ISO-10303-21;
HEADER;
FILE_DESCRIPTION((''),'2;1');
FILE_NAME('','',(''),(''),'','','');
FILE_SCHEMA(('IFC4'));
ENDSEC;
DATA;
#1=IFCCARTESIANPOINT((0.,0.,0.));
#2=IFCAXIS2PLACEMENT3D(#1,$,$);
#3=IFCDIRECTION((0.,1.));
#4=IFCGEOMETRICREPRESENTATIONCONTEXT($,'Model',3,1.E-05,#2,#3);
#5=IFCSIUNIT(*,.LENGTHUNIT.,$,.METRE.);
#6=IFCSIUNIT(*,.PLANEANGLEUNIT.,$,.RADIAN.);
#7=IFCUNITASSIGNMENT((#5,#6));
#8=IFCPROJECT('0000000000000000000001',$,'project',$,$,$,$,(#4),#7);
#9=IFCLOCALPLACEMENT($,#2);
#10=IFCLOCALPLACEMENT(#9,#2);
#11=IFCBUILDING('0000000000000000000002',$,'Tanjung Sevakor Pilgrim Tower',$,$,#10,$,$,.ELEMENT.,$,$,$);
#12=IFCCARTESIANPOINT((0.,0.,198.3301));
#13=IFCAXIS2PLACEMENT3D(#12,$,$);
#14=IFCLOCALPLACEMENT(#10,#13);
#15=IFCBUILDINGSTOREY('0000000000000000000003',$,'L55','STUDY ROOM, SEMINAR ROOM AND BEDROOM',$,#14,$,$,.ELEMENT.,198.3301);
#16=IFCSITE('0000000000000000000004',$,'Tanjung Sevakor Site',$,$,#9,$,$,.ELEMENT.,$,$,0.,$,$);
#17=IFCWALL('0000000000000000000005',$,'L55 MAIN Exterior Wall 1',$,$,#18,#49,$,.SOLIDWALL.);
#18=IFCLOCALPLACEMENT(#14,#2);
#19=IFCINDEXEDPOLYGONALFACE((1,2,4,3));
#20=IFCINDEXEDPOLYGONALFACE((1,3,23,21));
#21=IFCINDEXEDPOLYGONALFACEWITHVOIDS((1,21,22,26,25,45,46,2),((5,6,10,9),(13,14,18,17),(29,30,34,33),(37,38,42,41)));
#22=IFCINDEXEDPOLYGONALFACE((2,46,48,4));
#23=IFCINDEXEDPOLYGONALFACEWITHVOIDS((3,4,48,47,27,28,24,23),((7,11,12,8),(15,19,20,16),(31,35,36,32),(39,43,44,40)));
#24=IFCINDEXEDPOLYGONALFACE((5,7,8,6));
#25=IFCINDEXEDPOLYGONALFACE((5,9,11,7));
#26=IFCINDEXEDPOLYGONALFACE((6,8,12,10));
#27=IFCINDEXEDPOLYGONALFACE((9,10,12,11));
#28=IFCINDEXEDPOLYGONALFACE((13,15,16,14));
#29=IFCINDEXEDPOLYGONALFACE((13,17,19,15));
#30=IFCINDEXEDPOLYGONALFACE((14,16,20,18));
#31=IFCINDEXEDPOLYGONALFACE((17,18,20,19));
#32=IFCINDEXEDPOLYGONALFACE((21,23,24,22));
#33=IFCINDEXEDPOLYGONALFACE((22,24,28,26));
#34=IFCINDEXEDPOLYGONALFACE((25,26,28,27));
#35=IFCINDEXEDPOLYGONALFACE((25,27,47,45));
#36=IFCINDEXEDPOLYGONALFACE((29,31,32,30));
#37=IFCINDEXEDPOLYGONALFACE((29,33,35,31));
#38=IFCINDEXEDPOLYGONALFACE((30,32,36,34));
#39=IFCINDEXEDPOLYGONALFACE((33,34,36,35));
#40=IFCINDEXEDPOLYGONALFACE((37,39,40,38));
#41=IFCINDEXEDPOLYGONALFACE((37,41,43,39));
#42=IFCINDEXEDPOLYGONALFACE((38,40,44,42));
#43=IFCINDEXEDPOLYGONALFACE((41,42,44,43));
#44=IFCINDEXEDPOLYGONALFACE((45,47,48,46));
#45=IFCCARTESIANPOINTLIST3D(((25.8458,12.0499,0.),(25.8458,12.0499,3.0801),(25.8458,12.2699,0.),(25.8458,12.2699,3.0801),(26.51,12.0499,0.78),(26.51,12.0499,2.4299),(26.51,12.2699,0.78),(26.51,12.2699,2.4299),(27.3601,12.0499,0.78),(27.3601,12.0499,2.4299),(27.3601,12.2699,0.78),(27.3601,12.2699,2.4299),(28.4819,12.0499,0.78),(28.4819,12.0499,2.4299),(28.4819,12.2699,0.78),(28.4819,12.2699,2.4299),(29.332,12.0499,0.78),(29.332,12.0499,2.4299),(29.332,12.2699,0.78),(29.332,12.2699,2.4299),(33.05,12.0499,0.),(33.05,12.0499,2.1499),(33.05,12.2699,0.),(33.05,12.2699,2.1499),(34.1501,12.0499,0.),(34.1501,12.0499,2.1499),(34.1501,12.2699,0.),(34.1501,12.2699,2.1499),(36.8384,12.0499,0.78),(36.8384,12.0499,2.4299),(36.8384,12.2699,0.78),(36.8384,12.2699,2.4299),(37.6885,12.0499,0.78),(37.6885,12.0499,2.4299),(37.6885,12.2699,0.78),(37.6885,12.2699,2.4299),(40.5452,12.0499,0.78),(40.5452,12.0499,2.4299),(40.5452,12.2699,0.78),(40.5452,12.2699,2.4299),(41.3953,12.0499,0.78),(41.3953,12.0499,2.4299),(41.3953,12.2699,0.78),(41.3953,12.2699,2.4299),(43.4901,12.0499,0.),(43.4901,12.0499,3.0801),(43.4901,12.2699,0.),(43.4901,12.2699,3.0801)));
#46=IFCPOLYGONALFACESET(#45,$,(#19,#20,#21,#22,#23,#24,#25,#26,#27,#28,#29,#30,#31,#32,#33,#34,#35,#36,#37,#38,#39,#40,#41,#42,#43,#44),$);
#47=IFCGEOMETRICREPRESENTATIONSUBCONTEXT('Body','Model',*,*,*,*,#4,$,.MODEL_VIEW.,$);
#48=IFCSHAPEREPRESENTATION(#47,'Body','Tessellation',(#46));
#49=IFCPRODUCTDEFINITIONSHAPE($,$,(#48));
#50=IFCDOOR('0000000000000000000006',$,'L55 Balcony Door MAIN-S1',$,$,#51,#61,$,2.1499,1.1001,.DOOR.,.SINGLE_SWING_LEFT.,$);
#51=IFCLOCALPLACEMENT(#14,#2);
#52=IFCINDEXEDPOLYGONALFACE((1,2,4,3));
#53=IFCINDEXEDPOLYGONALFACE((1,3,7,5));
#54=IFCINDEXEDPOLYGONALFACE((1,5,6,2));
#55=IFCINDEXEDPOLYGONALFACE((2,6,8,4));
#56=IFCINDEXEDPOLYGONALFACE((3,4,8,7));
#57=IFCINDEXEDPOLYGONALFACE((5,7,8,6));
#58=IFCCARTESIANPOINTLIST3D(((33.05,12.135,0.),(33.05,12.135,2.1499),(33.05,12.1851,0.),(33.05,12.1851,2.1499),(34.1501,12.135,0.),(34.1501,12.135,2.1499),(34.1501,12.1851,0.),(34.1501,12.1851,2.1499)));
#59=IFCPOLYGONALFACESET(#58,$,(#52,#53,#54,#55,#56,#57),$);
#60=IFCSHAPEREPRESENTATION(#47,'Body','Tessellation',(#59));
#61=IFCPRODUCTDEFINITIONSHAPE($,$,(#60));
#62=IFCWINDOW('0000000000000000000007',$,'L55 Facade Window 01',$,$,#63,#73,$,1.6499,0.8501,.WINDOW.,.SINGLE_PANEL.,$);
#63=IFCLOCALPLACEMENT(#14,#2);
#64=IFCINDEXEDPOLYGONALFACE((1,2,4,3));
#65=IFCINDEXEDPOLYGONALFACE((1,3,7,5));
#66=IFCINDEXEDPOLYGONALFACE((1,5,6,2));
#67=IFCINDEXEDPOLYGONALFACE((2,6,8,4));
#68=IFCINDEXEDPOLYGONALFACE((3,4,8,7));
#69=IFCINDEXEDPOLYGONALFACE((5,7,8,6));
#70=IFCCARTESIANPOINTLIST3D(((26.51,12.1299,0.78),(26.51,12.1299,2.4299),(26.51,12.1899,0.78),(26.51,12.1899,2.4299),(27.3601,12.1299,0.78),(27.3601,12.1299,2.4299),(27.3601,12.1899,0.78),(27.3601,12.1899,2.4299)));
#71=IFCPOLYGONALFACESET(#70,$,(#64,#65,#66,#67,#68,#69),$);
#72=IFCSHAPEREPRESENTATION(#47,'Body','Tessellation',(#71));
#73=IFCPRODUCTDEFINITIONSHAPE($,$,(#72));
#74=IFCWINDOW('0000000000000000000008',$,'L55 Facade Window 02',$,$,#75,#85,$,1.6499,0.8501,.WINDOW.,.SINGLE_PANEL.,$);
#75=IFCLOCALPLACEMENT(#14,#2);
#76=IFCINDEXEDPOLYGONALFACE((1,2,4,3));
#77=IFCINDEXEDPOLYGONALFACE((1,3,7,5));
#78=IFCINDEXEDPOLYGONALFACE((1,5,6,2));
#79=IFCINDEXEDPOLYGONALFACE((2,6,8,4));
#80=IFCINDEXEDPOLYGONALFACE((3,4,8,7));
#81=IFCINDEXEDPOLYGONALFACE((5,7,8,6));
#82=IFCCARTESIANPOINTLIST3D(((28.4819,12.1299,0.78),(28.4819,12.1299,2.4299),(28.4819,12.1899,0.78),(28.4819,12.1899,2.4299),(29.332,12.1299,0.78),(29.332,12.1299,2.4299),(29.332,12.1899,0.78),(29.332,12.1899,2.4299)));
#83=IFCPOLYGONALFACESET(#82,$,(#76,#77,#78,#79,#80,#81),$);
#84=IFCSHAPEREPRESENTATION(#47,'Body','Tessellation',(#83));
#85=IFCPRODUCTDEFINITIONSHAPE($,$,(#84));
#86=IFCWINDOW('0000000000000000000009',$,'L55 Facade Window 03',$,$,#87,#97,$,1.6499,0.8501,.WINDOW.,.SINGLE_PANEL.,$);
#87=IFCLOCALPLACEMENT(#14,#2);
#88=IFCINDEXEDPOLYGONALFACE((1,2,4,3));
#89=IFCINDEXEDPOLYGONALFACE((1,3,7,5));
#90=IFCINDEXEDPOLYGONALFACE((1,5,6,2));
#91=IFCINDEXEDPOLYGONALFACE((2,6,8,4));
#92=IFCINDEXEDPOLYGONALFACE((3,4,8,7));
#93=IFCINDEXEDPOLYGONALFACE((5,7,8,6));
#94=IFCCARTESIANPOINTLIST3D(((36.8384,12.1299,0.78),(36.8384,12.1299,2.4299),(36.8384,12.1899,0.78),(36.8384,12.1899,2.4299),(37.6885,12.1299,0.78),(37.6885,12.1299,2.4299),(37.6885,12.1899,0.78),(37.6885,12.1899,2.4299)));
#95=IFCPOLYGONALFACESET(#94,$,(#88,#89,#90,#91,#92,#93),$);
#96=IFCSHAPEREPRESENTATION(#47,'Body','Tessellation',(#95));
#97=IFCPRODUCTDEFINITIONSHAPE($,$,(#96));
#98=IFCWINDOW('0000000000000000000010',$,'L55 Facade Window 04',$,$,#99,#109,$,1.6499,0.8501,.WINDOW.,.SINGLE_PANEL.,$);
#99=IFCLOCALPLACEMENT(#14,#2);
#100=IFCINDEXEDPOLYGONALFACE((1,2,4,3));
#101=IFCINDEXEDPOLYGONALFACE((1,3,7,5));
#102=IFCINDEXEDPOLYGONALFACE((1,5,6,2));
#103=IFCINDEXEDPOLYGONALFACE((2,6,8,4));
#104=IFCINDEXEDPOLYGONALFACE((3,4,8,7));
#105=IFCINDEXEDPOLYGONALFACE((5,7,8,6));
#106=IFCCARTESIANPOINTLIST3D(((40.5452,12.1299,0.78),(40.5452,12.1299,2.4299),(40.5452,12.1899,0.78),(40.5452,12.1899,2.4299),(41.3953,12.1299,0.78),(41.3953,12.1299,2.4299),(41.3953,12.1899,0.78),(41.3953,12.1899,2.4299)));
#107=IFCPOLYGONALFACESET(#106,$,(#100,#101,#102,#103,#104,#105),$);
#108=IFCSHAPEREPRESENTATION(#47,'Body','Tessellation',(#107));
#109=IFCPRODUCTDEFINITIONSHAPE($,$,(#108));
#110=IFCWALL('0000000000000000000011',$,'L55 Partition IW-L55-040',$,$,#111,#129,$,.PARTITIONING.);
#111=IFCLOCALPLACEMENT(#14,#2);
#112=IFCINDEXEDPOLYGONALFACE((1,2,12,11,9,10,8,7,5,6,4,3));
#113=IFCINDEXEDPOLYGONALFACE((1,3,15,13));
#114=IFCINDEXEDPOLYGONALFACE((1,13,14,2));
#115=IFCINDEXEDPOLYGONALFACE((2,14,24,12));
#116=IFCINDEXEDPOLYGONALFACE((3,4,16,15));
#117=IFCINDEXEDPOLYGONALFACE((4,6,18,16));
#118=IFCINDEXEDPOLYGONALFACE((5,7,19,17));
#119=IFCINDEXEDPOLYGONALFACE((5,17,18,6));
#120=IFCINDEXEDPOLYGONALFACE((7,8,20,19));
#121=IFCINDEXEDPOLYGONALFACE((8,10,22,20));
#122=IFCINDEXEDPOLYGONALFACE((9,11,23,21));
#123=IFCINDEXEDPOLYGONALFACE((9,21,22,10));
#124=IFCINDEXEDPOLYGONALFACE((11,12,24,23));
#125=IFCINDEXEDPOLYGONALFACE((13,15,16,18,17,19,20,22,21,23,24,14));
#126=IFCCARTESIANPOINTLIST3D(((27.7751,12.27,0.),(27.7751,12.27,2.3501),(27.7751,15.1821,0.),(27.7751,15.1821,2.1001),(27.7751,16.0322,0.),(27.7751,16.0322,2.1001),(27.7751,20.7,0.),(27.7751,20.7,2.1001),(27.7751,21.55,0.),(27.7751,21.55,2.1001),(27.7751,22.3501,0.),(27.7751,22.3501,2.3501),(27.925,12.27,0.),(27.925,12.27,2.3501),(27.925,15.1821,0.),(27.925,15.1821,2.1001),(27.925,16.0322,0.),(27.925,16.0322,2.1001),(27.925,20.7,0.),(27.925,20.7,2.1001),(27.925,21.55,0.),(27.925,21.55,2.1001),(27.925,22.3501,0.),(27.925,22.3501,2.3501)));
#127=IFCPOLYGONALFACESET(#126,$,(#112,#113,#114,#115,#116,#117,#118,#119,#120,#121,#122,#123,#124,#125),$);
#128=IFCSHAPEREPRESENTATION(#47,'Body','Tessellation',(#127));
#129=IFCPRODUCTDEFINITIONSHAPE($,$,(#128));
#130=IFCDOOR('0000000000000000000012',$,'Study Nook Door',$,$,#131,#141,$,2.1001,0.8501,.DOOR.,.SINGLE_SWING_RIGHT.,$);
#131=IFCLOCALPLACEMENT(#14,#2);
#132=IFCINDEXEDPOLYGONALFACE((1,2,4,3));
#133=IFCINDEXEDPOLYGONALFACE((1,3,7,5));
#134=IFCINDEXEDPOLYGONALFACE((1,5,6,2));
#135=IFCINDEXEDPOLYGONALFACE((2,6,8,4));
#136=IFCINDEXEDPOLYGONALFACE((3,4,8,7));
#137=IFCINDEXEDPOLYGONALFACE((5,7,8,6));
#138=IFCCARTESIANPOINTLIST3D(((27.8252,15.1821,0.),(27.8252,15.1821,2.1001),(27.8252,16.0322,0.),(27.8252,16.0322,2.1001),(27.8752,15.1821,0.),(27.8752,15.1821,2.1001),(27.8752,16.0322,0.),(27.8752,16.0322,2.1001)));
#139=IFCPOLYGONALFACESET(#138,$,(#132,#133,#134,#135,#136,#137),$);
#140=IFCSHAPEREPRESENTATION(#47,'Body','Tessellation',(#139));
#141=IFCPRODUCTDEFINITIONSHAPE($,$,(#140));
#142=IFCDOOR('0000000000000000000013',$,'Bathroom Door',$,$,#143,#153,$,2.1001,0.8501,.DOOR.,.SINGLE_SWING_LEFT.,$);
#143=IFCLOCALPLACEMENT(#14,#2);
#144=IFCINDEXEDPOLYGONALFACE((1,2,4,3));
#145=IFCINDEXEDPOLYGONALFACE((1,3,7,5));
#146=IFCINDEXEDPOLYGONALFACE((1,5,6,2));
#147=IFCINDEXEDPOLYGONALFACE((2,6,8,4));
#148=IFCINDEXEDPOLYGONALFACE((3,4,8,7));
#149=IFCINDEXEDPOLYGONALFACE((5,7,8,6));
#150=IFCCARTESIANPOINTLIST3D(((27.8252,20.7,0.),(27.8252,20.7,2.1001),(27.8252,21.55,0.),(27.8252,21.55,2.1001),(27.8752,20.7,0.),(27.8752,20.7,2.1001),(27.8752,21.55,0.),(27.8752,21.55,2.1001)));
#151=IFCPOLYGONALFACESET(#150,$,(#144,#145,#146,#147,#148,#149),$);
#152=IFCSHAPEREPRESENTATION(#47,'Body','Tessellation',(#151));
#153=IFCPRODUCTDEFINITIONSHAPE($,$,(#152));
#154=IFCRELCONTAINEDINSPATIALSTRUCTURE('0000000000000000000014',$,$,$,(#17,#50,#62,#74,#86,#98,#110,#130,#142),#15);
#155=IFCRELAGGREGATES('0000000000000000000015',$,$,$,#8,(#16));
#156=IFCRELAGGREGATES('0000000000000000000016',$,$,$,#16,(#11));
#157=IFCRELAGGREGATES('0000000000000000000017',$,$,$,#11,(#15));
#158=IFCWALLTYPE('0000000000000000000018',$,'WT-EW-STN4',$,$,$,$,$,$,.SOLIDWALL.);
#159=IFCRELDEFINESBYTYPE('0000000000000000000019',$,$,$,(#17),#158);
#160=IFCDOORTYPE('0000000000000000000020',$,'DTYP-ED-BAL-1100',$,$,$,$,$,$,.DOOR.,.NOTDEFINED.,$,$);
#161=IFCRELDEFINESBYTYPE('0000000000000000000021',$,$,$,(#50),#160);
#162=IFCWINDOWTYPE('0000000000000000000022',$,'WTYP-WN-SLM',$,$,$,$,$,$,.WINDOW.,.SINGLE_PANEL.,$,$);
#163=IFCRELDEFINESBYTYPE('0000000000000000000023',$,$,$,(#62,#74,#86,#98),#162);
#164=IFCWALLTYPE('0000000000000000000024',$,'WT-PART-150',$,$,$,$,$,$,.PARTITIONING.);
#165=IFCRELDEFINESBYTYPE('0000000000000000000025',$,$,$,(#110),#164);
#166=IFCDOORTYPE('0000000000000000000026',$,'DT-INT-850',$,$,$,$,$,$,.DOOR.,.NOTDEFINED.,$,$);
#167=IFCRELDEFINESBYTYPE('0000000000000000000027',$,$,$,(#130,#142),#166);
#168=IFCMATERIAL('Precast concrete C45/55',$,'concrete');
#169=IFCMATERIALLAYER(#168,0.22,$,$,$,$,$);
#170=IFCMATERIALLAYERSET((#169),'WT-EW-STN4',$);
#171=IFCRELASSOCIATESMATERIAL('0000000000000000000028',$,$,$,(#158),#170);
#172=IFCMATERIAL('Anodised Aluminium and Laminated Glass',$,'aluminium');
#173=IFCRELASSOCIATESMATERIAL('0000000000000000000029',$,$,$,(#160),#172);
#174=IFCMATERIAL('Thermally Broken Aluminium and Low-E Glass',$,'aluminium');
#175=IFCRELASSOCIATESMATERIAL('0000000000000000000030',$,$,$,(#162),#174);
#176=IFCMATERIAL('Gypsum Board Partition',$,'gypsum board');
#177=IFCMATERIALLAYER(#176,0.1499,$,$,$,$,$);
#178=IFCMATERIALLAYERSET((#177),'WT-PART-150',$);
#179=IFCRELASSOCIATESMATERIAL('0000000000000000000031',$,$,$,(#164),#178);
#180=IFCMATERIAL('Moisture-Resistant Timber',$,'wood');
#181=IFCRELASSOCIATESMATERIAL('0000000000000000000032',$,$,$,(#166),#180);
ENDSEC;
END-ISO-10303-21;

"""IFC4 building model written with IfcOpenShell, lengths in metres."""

from ifc_helpers import new_model, si_unit, direction, frame, frame_2d, origin, place, context, subcontext, project, spatial, rectangle, extrude, material, layer, layer_set, type_object, element, fill, save


model = new_model("IFC4")

# Units and contexts
model_context = context("Model", 3, precision=1e-05, world=origin(), true_north=direction((0.0, 1.0)))
body_context = subcontext(model_context, "Body", "Model", "MODEL_VIEW")
ifc_project = project(units=[si_unit("LENGTHUNIT", "METRE"), si_unit("PLANEANGLEUNIT", "RADIAN")], contexts=[model_context])

# Site, building, storey
site_placement = place(None, origin())
site = spatial("IfcSite", under=ifc_project, at=site_placement, Name="Tanjung Sevakor Site", CompositionType="ELEMENT", RefElevation=0.0)
building_placement = place(site_placement, origin())
building = spatial("IfcBuilding", under=site, at=building_placement, Name="Tanjung Sevakor Pilgrim Tower", CompositionType="ELEMENT")
storey_placement = place(building_placement, frame((0.0, 0.0, 198.3301)))
storey = spatial("IfcBuildingStorey", under=building, at=storey_placement, Name="L55", Description="STUDY ROOM, SEMINAR ROOM AND BEDROOM", CompositionType="ELEMENT", Elevation=198.3301)

# Wall, openings, door, windows
ifc_material_1 = material(Name="Precast concrete C45/55", Category="concrete")
ifc_layer_1 = layer(ifc_material_1, 0.22)
ifc_layer_set_1 = layer_set([ifc_layer_1], Name="WT-EW-STN4")
wall_type_1 = type_object("IfcWallType", Name="WT-EW-STN4", PredefinedType="SOLIDWALL", material=ifc_layer_set_1)
wall_1_placement = place(storey_placement, frame((25.8457, 12.1599, 0.0), z_axis=(0.0, 0.0, 1.0), x_axis=(1.0, 0.0, 0.0)))
wall_1 = element("IfcWall", 1, at=wall_1_placement, inside=storey, type_object=wall_type_1, Name="L55 MAIN Exterior Wall 1", PredefinedType="SOLIDWALL", context=body_context, shape_type="SweptSolid", body=[
    extrude(rectangle(XDim=17.6443, YDim=0.22, at=frame_2d((8.8223, 0.0))), origin(), (0.0, 0.0, 1.0), 3.0801),
])
opening_1_placement = place(wall_1_placement, frame((7.2043, 0.0, 0.0)))
opening_1 = element("IfcOpeningElement", 2, at=opening_1_placement, cuts=wall_1, PredefinedType="OPENING", context=body_context, shape_type="SweptSolid", body=[
    extrude(rectangle(XDim=1.1001, YDim=2.1499, at=frame_2d((0.55, 1.075))), frame((0.0, 0.1199, 0.0), z_axis=(0.0, -1.0, 0.0), x_axis=(1.0, 0.0, 0.0)), (0.0, 0.0, 1.0), 0.24),
])
opening_2_placement = place(wall_1_placement, frame((0.6643, 0.0, 0.78)))
opening_2 = element("IfcOpeningElement", 3, at=opening_2_placement, cuts=wall_1, PredefinedType="OPENING", context=body_context, shape_type="SweptSolid", body=[
    extrude(rectangle(XDim=0.8501, YDim=1.6499, at=frame_2d((0.425, 0.825))), frame((0.0, 0.1199, 0.0), z_axis=(0.0, -1.0, 0.0), x_axis=(1.0, 0.0, 0.0)), (0.0, 0.0, 1.0), 0.24),
])
opening_3_placement = place(wall_1_placement, frame((2.6362, 0.0, 0.78)))
opening_3 = element("IfcOpeningElement", 4, at=opening_3_placement, cuts=wall_1, PredefinedType="OPENING", context=body_context, shape_type="SweptSolid", body=[
    extrude(rectangle(XDim=0.8501, YDim=1.6499, at=frame_2d((0.425, 0.825))), frame((0.0, 0.1199, 0.0), z_axis=(0.0, -1.0, 0.0), x_axis=(1.0, 0.0, 0.0)), (0.0, 0.0, 1.0), 0.24),
])
opening_4_placement = place(wall_1_placement, frame((10.9927, 0.0, 0.78)))
opening_4 = element("IfcOpeningElement", 5, at=opening_4_placement, cuts=wall_1, PredefinedType="OPENING", context=body_context, shape_type="SweptSolid", body=[
    extrude(rectangle(XDim=0.8501, YDim=1.6499, at=frame_2d((0.425, 0.825))), frame((0.0, 0.1199, 0.0), z_axis=(0.0, -1.0, 0.0), x_axis=(1.0, 0.0, 0.0)), (0.0, 0.0, 1.0), 0.24),
])
opening_5_placement = place(wall_1_placement, frame((14.6995, 0.0, 0.78)))
opening_5 = element("IfcOpeningElement", 6, at=opening_5_placement, cuts=wall_1, PredefinedType="OPENING", context=body_context, shape_type="SweptSolid", body=[
    extrude(rectangle(XDim=0.8501, YDim=1.6499, at=frame_2d((0.425, 0.825))), frame((0.0, 0.1199, 0.0), z_axis=(0.0, -1.0, 0.0), x_axis=(1.0, 0.0, 0.0)), (0.0, 0.0, 1.0), 0.24),
])
ifc_material_2 = material(Name="Anodised Aluminium and Laminated Glass", Category="aluminium")
door_type_1 = type_object("IfcDoorType", Name="DTYP-ED-BAL-1100", OperationType="NOTDEFINED", PredefinedType="DOOR", material=ifc_material_2)
door_1_placement = place(opening_1_placement, frame((1.1001, 0.0, 0.0), z_axis=(0.0, 0.0, 1.0), x_axis=(-1.0, 0.0, 0.0)))
door_1 = element("IfcDoor", 7, at=door_1_placement, inside=storey, type_object=door_type_1, Name="L55 Balcony Door MAIN-S1", OperationType="SINGLE_SWING_LEFT", OverallHeight=2.1499, OverallWidth=1.1001, PredefinedType="DOOR", context=body_context, shape_type="SweptSolid", body=[
    extrude(rectangle(XDim=1.1001, YDim=2.1499, at=frame_2d((0.55, 1.075))), frame((0.0, 0.0249, 0.0), z_axis=(0.0, -1.0, 0.0), x_axis=(1.0, 0.0, 0.0)), (0.0, 0.0, 1.0), 0.05),
])
fill(opening_1, door_1)
ifc_material_3 = material(Name="Thermally Broken Aluminium and Low-E Glass", Category="aluminium")
window_type = type_object("IfcWindowType", Name="WTYP-WN-SLM", PartitioningType="SINGLE_PANEL", PredefinedType="WINDOW", material=ifc_material_3)
window_1_placement = place(opening_2_placement, origin())
window_1 = element("IfcWindow", 8, at=window_1_placement, inside=storey, type_object=window_type, Name="L55 Facade Window 01", OverallHeight=1.6499, OverallWidth=0.8501, PartitioningType="SINGLE_PANEL", PredefinedType="WINDOW", context=body_context, shape_type="SweptSolid", body=[
    extrude(rectangle(XDim=0.8501, YDim=1.6499, at=frame_2d((0.425, 0.825))), frame((0.0, 0.03, 0.0), z_axis=(0.0, -1.0, 0.0), x_axis=(1.0, 0.0, 0.0)), (0.0, 0.0, 1.0), 0.0601),
])
fill(opening_2, window_1)
window_2_placement = place(opening_3_placement, origin())
window_2 = element("IfcWindow", 9, at=window_2_placement, inside=storey, type_object=window_type, Name="L55 Facade Window 02", OverallHeight=1.6499, OverallWidth=0.8501, PartitioningType="SINGLE_PANEL", PredefinedType="WINDOW", context=body_context, shape_type="SweptSolid", body=[
    extrude(rectangle(XDim=0.8501, YDim=1.6499, at=frame_2d((0.425, 0.825))), frame((0.0, 0.03, 0.0), z_axis=(0.0, -1.0, 0.0), x_axis=(1.0, 0.0, 0.0)), (0.0, 0.0, 1.0), 0.0601),
])
fill(opening_3, window_2)
window_3_placement = place(opening_4_placement, origin())
window_3 = element("IfcWindow", 10, at=window_3_placement, inside=storey, type_object=window_type, Name="L55 Facade Window 03", OverallHeight=1.6499, OverallWidth=0.8501, PartitioningType="SINGLE_PANEL", PredefinedType="WINDOW", context=body_context, shape_type="SweptSolid", body=[
    extrude(rectangle(XDim=0.8501, YDim=1.6499, at=frame_2d((0.425, 0.825))), frame((0.0, 0.03, 0.0), z_axis=(0.0, -1.0, 0.0), x_axis=(1.0, 0.0, 0.0)), (0.0, 0.0, 1.0), 0.0601),
])
fill(opening_4, window_3)
window_4_placement = place(opening_5_placement, origin())
window_4 = element("IfcWindow", 11, at=window_4_placement, inside=storey, type_object=window_type, Name="L55 Facade Window 04", OverallHeight=1.6499, OverallWidth=0.8501, PartitioningType="SINGLE_PANEL", PredefinedType="WINDOW", context=body_context, shape_type="SweptSolid", body=[
    extrude(rectangle(XDim=0.8501, YDim=1.6499, at=frame_2d((0.425, 0.825))), frame((0.0, 0.03, 0.0), z_axis=(0.0, -1.0, 0.0), x_axis=(1.0, 0.0, 0.0)), (0.0, 0.0, 1.0), 0.0601),
])
fill(opening_5, window_4)

# Wall, openings, doors
ifc_material_4 = material(Name="Gypsum Board Partition", Category="gypsum board")
ifc_layer_2 = layer(ifc_material_4, 0.1499)
ifc_layer_set_2 = layer_set([ifc_layer_2], Name="WT-PART-150")
wall_type_2 = type_object("IfcWallType", Name="WT-PART-150", PredefinedType="PARTITIONING", material=ifc_layer_set_2)
wall_2_placement = place(storey_placement, frame((27.8501, 12.27, 0.0), z_axis=(0.0, 0.0, 1.0), x_axis=(0.0, 1.0, 0.0)))
wall_2 = element("IfcWall", 12, at=wall_2_placement, inside=storey, type_object=wall_type_2, Name="L55 Partition IW-L55-040", PredefinedType="PARTITIONING", context=body_context, shape_type="SweptSolid", body=[
    extrude(rectangle(XDim=10.0801, YDim=0.1499, at=frame_2d((5.04, 0.0))), origin(), (0.0, 0.0, 1.0), 2.3501),
])
opening_6_placement = place(wall_2_placement, frame((2.9121, 0.0, 0.0)))
opening_6 = element("IfcOpeningElement", 13, at=opening_6_placement, cuts=wall_2, PredefinedType="OPENING", context=body_context, shape_type="SweptSolid", body=[
    extrude(rectangle(XDim=0.8501, YDim=2.1001, at=frame_2d((0.425, 1.05))), frame((0.0, 0.085, 0.0), z_axis=(0.0, -1.0, 0.0), x_axis=(1.0, 0.0, 0.0)), (0.0, 0.0, 1.0), 0.1699),
])
opening_7_placement = place(wall_2_placement, frame((8.4299, 0.0, 0.0)))
opening_7 = element("IfcOpeningElement", 14, at=opening_7_placement, cuts=wall_2, PredefinedType="OPENING", context=body_context, shape_type="SweptSolid", body=[
    extrude(rectangle(XDim=0.8501, YDim=2.1001, at=frame_2d((0.425, 1.05))), frame((0.0, 0.085, 0.0), z_axis=(0.0, -1.0, 0.0), x_axis=(1.0, 0.0, 0.0)), (0.0, 0.0, 1.0), 0.1699),
])
ifc_material_5 = material(Name="Moisture-Resistant Timber", Category="wood")
door_type_2 = type_object("IfcDoorType", Name="DT-INT-850", OperationType="NOTDEFINED", PredefinedType="DOOR", material=ifc_material_5)
door_2_placement = place(opening_6_placement, origin())
door_2 = element("IfcDoor", 15, at=door_2_placement, inside=storey, type_object=door_type_2, Name="Study Nook Door", OperationType="SINGLE_SWING_RIGHT", OverallHeight=2.1001, OverallWidth=0.8501, PredefinedType="DOOR", context=body_context, shape_type="SweptSolid", body=[
    extrude(rectangle(XDim=0.8501, YDim=2.1001, at=frame_2d((0.425, 1.05))), frame((0.0, 0.0249, 0.0), z_axis=(0.0, -1.0, 0.0), x_axis=(1.0, 0.0, 0.0)), (0.0, 0.0, 1.0), 0.05),
])
fill(opening_6, door_2)
door_3_placement = place(opening_7_placement, origin())
door_3 = element("IfcDoor", 16, at=door_3_placement, inside=storey, type_object=door_type_2, Name="Bathroom Door", OperationType="SINGLE_SWING_LEFT", OverallHeight=2.1001, OverallWidth=0.8501, PredefinedType="DOOR", context=body_context, shape_type="SweptSolid", body=[
    extrude(rectangle(XDim=0.8501, YDim=2.1001, at=frame_2d((0.425, 1.05))), frame((0.0, 0.0249, 0.0), z_axis=(0.0, -1.0, 0.0), x_axis=(1.0, 0.0, 0.0)), (0.0, 0.0, 1.0), 0.05),
])
fill(opening_7, door_3)

save(model, "model.ifc")
